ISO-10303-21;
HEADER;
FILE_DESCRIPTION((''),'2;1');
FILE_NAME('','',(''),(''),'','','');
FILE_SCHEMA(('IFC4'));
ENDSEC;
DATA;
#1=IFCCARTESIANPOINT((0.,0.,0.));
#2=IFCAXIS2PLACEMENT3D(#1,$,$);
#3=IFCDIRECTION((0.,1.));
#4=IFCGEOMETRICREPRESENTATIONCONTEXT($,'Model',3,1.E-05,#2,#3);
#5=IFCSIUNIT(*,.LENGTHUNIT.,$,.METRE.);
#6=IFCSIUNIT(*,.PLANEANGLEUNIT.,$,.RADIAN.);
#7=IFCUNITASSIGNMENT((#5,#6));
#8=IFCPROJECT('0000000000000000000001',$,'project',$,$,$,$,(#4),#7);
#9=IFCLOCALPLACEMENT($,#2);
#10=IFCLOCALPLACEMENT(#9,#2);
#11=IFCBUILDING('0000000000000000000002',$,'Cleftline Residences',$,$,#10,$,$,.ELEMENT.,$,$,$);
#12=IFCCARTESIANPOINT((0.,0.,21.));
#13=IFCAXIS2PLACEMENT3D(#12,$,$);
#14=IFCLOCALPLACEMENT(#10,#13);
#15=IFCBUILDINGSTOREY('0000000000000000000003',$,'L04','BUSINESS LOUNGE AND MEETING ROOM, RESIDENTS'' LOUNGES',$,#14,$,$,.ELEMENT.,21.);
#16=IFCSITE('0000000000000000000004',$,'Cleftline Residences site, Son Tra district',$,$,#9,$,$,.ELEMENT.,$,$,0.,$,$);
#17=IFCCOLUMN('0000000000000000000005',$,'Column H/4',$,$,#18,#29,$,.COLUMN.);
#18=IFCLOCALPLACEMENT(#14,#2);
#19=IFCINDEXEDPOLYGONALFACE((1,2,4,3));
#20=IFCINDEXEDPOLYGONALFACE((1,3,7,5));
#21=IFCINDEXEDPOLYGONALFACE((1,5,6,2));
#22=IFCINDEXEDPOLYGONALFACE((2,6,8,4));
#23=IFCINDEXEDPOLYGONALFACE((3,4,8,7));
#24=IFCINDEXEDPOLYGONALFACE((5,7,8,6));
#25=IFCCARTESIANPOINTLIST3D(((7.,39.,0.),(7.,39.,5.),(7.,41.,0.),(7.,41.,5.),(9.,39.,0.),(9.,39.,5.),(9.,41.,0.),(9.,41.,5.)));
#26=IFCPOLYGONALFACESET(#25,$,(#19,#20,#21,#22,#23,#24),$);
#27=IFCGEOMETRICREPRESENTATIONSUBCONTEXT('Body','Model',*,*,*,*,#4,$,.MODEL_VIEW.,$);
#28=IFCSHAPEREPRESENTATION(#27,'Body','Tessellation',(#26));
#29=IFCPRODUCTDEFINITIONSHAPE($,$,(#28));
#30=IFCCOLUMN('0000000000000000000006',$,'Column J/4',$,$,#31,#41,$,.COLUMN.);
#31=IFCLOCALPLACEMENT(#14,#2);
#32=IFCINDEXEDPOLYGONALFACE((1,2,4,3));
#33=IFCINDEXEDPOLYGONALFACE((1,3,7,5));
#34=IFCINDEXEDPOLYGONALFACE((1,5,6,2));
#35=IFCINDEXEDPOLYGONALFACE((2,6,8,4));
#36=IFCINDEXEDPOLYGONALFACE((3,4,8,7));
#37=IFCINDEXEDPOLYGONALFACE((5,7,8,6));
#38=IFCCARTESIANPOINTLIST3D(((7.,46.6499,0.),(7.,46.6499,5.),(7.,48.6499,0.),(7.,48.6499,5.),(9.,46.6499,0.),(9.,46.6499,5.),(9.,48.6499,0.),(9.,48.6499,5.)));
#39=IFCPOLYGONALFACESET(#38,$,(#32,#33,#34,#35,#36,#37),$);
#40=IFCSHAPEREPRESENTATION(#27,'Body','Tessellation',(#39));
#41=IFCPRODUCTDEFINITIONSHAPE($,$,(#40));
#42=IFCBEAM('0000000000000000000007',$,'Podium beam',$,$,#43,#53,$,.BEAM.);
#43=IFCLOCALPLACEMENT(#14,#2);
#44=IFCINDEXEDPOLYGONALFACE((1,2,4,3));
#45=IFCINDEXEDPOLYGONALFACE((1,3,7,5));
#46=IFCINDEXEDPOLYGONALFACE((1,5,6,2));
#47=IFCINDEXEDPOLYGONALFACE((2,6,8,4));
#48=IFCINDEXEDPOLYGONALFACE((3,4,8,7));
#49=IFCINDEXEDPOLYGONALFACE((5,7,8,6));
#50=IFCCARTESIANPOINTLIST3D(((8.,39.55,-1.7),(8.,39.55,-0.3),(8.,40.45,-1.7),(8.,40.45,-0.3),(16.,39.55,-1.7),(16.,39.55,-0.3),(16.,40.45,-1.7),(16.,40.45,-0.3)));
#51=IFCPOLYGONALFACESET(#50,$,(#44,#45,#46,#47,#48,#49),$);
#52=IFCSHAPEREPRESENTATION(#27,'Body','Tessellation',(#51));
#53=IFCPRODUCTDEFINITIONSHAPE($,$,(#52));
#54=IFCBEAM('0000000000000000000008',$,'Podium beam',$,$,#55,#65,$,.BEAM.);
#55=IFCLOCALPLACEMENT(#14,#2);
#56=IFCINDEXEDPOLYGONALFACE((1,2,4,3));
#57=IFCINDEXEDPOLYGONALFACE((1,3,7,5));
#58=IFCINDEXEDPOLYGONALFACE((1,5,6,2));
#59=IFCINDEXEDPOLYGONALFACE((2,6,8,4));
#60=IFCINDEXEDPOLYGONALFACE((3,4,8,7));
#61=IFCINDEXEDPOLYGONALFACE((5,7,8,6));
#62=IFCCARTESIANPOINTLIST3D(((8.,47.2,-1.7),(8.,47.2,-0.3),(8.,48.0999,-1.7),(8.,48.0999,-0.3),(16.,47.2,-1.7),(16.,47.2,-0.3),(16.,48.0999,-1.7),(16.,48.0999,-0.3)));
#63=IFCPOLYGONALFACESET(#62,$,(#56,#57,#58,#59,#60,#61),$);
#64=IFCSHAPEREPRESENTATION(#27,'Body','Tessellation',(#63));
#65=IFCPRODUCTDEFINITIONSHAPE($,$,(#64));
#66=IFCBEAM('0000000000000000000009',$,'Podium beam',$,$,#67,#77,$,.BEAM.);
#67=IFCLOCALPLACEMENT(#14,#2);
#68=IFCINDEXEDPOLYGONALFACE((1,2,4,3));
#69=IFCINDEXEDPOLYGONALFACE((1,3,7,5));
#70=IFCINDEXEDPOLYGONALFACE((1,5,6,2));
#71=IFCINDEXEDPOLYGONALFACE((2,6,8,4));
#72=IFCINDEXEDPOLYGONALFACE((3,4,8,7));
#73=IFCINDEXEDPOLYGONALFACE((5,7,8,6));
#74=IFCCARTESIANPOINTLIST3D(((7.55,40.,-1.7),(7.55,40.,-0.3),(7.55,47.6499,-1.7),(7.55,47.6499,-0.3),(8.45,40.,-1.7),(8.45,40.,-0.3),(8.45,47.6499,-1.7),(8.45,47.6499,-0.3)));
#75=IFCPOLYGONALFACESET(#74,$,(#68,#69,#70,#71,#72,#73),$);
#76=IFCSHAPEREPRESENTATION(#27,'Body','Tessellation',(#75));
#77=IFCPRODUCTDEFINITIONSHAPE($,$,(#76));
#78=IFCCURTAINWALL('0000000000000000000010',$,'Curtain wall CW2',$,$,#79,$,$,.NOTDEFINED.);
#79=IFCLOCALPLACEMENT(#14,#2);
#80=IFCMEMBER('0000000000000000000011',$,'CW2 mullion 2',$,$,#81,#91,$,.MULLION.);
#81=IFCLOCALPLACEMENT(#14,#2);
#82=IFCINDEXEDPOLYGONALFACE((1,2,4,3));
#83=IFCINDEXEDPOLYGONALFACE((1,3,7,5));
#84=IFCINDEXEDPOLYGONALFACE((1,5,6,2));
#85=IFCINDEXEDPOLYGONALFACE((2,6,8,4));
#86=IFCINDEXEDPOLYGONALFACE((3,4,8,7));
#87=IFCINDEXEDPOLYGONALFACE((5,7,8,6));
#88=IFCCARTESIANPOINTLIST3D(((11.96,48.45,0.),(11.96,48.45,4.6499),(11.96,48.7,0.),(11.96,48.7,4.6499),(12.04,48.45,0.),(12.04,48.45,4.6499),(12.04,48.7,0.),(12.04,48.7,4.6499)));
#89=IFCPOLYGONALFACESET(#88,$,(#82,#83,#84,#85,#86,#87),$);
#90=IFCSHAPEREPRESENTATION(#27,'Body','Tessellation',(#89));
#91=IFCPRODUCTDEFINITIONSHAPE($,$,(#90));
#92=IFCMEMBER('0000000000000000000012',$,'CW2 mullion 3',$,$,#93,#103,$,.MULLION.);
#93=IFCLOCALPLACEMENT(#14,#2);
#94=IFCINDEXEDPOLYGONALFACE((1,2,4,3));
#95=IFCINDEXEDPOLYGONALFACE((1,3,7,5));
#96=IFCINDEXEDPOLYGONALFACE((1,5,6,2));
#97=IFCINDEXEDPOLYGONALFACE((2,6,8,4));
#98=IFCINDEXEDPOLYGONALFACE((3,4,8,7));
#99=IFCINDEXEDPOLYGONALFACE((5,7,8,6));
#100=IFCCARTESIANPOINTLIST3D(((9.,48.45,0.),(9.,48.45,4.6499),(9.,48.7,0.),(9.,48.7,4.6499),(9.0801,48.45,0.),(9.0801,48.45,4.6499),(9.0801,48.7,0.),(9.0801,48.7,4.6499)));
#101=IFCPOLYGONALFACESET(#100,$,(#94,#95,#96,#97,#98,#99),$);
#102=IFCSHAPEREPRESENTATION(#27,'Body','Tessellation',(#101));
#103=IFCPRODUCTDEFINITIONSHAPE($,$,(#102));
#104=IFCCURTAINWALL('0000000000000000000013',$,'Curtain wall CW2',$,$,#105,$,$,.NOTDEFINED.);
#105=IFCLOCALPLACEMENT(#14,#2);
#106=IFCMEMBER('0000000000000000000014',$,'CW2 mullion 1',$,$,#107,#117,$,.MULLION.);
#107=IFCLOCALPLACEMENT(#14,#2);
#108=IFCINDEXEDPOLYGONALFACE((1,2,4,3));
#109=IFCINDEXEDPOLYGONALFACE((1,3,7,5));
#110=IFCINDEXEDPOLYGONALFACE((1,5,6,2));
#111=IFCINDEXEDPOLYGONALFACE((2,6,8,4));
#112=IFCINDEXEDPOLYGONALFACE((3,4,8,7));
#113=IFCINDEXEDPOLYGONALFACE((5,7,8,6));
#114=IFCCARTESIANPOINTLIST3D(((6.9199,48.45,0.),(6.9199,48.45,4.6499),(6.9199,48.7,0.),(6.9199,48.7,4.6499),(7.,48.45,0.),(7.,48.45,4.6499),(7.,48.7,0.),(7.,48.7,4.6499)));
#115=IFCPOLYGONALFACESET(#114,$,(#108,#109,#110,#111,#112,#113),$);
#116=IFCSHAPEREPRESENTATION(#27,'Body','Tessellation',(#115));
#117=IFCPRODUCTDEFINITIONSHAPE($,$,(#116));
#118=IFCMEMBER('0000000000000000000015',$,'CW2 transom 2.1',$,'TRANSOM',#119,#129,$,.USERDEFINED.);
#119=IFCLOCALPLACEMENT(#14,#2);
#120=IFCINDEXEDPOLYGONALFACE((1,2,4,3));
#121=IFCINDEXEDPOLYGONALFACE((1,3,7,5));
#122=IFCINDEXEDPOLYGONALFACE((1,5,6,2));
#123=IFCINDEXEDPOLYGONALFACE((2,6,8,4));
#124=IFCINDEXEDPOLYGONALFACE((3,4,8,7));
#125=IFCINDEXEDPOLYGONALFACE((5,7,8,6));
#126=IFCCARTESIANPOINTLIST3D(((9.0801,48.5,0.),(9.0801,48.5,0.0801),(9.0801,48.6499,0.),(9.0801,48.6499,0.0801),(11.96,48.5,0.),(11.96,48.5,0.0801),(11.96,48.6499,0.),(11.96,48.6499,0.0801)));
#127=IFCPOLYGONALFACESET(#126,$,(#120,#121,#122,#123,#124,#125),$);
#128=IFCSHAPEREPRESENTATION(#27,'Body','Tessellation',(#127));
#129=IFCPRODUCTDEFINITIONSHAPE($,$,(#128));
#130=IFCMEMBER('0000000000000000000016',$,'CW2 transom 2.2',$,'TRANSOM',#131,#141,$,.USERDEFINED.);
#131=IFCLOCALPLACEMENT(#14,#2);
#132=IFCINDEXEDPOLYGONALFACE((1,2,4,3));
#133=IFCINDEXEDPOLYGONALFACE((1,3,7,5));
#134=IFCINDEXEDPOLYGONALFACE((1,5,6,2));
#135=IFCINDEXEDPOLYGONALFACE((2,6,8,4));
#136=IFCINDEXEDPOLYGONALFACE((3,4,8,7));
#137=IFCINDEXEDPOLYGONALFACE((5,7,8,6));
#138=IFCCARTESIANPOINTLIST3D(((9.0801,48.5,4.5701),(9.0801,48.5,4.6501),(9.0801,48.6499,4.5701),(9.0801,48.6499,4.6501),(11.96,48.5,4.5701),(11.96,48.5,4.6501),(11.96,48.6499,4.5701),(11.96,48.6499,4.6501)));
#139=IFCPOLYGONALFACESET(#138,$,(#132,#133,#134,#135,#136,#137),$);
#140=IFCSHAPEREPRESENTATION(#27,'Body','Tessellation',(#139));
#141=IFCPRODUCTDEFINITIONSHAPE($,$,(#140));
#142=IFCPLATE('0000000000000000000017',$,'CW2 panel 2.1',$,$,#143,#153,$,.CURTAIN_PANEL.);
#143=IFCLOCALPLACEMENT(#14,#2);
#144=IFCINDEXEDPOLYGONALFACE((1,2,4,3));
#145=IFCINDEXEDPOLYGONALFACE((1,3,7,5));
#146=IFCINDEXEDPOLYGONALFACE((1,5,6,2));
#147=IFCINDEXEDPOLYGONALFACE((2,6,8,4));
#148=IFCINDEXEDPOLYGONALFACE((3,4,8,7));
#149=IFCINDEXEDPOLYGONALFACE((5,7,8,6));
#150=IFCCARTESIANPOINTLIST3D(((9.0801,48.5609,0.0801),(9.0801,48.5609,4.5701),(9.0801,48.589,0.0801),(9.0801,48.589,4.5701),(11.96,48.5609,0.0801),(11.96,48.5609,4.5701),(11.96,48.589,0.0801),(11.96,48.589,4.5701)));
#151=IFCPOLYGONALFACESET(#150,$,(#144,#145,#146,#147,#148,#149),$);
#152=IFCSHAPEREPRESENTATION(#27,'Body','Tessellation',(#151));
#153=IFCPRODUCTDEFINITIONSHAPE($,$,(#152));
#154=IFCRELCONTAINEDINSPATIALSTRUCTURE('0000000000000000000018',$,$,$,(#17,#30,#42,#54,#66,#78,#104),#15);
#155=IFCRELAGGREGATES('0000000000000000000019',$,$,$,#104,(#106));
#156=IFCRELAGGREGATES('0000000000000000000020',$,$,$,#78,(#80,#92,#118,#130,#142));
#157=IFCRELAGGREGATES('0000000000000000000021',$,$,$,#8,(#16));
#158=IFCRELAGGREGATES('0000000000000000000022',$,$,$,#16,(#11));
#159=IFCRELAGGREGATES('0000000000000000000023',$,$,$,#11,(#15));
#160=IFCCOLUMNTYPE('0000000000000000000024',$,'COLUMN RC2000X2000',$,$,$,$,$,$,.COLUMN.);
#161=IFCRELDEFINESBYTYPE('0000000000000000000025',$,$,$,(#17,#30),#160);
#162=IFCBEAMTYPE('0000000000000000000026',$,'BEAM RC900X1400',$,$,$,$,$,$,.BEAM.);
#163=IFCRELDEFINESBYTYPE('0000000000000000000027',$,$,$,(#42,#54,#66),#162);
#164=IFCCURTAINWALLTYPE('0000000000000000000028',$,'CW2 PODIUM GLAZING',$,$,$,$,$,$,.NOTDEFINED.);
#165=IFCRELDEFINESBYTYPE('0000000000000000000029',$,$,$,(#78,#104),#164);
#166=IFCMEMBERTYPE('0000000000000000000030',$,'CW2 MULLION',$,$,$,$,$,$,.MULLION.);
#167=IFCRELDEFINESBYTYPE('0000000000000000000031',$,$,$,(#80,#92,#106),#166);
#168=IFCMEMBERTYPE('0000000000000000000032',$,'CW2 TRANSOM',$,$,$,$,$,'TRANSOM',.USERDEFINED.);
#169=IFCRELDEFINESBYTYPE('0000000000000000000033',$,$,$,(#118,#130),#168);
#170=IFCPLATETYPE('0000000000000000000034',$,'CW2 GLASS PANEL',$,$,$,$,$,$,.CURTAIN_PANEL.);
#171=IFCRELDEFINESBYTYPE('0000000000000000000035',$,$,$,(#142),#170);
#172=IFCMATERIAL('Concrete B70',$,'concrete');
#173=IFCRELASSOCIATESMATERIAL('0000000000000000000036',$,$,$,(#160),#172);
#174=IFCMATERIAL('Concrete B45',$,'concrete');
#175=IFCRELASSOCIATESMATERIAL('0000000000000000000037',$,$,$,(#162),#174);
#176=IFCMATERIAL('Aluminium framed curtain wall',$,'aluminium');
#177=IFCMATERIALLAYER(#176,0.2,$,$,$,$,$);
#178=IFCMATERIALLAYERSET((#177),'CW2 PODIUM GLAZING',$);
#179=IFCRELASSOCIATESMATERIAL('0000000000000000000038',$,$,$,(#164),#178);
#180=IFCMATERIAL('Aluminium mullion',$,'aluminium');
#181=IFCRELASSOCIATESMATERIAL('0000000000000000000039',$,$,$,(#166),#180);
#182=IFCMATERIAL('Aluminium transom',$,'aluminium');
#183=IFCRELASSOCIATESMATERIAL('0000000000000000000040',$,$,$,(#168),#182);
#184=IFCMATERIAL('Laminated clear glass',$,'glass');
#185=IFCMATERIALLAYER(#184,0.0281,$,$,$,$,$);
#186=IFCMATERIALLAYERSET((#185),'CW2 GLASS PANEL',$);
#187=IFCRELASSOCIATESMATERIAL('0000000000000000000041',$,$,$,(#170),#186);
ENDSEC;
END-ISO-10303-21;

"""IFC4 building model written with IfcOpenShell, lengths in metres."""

from ifc_helpers import new_model, si_unit, direction, frame, origin, origin_2d, place, context, subcontext, project, spatial, rectangle, extrude, material, layer, layer_set, material_profile, profile_set, type_object, element, aggregate, save


model = new_model("IFC4")

# Units and contexts
model_context = context("Model", 3, precision=1e-05, world=origin(), true_north=direction((0.0, 1.0)))
body_context = subcontext(model_context, "Body", "Model", "MODEL_VIEW")
ifc_project = project(units=[si_unit("LENGTHUNIT", "METRE"), si_unit("PLANEANGLEUNIT", "RADIAN")], contexts=[model_context])

# Site, building, storey
site_placement = place(None, origin())
site = spatial("IfcSite", under=ifc_project, at=site_placement, Name="Cleftline Residences site, Son Tra district", CompositionType="ELEMENT", RefElevation=0.0)
building_placement = place(site_placement, origin())
building = spatial("IfcBuilding", under=site, at=building_placement, Name="Cleftline Residences", CompositionType="ELEMENT")
storey_placement = place(building_placement, frame((0.0, 0.0, 21.0)))
storey = spatial("IfcBuildingStorey", under=building, at=storey_placement, Name="L04", Description="BUSINESS LOUNGE AND MEETING ROOM, RESIDENTS' LOUNGES", CompositionType="ELEMENT", Elevation=21.0)

# Columns
ifc_material_1 = material(Name="Concrete B70", Category="concrete")
ifc_material_profile_1 = material_profile(ifc_material_1, rectangle(XDim=2.0, YDim=2.0, at=origin_2d()))
ifc_profile_set_1 = profile_set([ifc_material_profile_1], Name="Concrete B70")
column_type = type_object("IfcColumnType", Name="COLUMN RC2000X2000", PredefinedType="COLUMN", material=ifc_profile_set_1)
for number, where, z_axis, x_axis, name in (
    (1, (8.0, 40.0, 0.0), (0.0, 0.0, 1.0), (1.0, 0.0, 0.0), "Column H/4"),
    (2, (8.0, 47.6499, 0.0), (0.0, 0.0, 1.0), (1.0, 0.0, 0.0), "Column J/4"),
):
    element("IfcColumn", number, at=place(storey_placement, frame(where, z_axis=z_axis, x_axis=x_axis)), inside=storey, type_object=column_type, Name=name, PredefinedType="COLUMN", context=body_context, shape_type="SweptSolid", body=[
        extrude(rectangle(XDim=2.0, YDim=2.0, at=origin_2d()), origin(), (0.0, 0.0, 1.0), 5.0),
    ])

# Beams
ifc_material_2 = material(Name="Concrete B45", Category="concrete")
ifc_material_profile_2 = material_profile(ifc_material_2, rectangle(XDim=0.8999, YDim=1.3999, at=origin_2d()))
ifc_profile_set_2 = profile_set([ifc_material_profile_2], Name="Concrete B45")
beam_type = type_object("IfcBeamType", Name="BEAM RC900X1400", PredefinedType="BEAM", material=ifc_profile_set_2)
for number, where, z_axis, x_axis, name in (
    (3, (8.0, 40.0, -1.0), (1.0, 0.0, 0.0), (0.0, 1.0, 0.0), "Podium beam"),
    (4, (8.0, 47.6499, -1.0), (1.0, 0.0, 0.0), (0.0, 1.0, 0.0), "Podium beam"),
):
    element("IfcBeam", number, at=place(storey_placement, frame(where, z_axis=z_axis, x_axis=x_axis)), inside=storey, type_object=beam_type, Name=name, PredefinedType="BEAM", context=body_context, shape_type="SweptSolid", body=[
        extrude(rectangle(XDim=0.8999, YDim=1.3999, at=origin_2d()), origin(), (0.0, 0.0, 1.0), 8.0),
    ])
beam_placement = place(storey_placement, frame((8.0, 40.0, -1.0), z_axis=(0.0, 1.0, 0.0), x_axis=(-1.0, 0.0, 0.0)))
element("IfcBeam", 5, at=beam_placement, inside=storey, type_object=beam_type, Name="Podium beam", PredefinedType="BEAM", context=body_context, shape_type="SweptSolid", body=[
    extrude(rectangle(XDim=0.8999, YDim=1.3999, at=origin_2d()), origin(), (0.0, 0.0, 1.0), 7.6499),
])

# Curtain wall, members
ifc_material_3 = material(Name="Aluminium framed curtain wall", Category="aluminium")
ifc_layer_1 = layer(ifc_material_3, 0.2)
ifc_layer_set_1 = layer_set([ifc_layer_1], Name="CW2 PODIUM GLAZING")
curtain_wall_type = type_object("IfcCurtainWallType", Name="CW2 PODIUM GLAZING", PredefinedType="NOTDEFINED", material=ifc_layer_set_1)
curtain_wall_1_placement = place(storey_placement, origin())
curtain_wall_1 = element("IfcCurtainWall", 6, at=curtain_wall_1_placement, inside=storey, type_object=curtain_wall_type, Name="Curtain wall CW2", PredefinedType="NOTDEFINED")
ifc_material_4 = material(Name="Aluminium mullion", Category="aluminium")
ifc_material_profile_3 = material_profile(ifc_material_4, rectangle(XDim=0.25, YDim=0.0801, at=origin_2d()))
ifc_profile_set_3 = profile_set([ifc_material_profile_3], Name="Aluminium mullion")
member_type_1 = type_object("IfcMemberType", Name="CW2 MULLION", PredefinedType="MULLION", material=ifc_profile_set_3)
member_1_placement = place(storey_placement, frame((12.0, 48.575, 0.0), z_axis=(0.0, 0.0, 1.0), x_axis=(0.0, -1.0, 0.0)))
member_1 = element("IfcMember", 7, at=member_1_placement, type_object=member_type_1, Name="CW2 mullion 2", PredefinedType="MULLION", context=body_context, shape_type="SweptSolid", body=[
    extrude(rectangle(XDim=0.25, YDim=0.0801, at=origin_2d()), origin(), (0.0, 0.0, 1.0), 4.6499),
])
member_2_placement = place(storey_placement, frame((9.04, 48.575, 0.0), z_axis=(0.0, 0.0, 1.0), x_axis=(0.0, -1.0, 0.0)))
member_2 = element("IfcMember", 8, at=member_2_placement, type_object=member_type_1, Name="CW2 mullion 3", PredefinedType="MULLION", context=body_context, shape_type="SweptSolid", body=[
    extrude(rectangle(XDim=0.25, YDim=0.0801, at=origin_2d()), origin(), (0.0, 0.0, 1.0), 4.6499),
])

# Curtain wall, member
curtain_wall_2_placement = place(storey_placement, origin())
curtain_wall_2 = element("IfcCurtainWall", 9, at=curtain_wall_2_placement, inside=storey, type_object=curtain_wall_type, Name="Curtain wall CW2", PredefinedType="NOTDEFINED")
member_3_placement = place(storey_placement, frame((6.96, 48.575, 0.0), z_axis=(0.0, 0.0, 1.0), x_axis=(0.0, -1.0, 0.0)))
member_3 = element("IfcMember", 10, at=member_3_placement, type_object=member_type_1, Name="CW2 mullion 1", PredefinedType="MULLION", context=body_context, shape_type="SweptSolid", body=[
    extrude(rectangle(XDim=0.25, YDim=0.0801, at=origin_2d()), origin(), (0.0, 0.0, 1.0), 4.6499),
])
aggregate(curtain_wall_2, [member_3])

# Members
ifc_material_5 = material(Name="Aluminium transom", Category="aluminium")
ifc_material_profile_4 = material_profile(ifc_material_5, rectangle(XDim=0.1499, YDim=0.0801, at=origin_2d()))
ifc_profile_set_4 = profile_set([ifc_material_profile_4], Name="Aluminium transom")
member_type_2 = type_object("IfcMemberType", Name="CW2 TRANSOM", ElementType="TRANSOM", PredefinedType="USERDEFINED", material=ifc_profile_set_4)
member_4_placement = place(storey_placement, frame((11.96, 48.575, 0.04), z_axis=(-1.0, 0.0, 0.0), x_axis=(0.0, -1.0, 0.0)))
member_4 = element("IfcMember", 11, at=member_4_placement, type_object=member_type_2, Name="CW2 transom 2.1", ObjectType="TRANSOM", PredefinedType="USERDEFINED", context=body_context, shape_type="SweptSolid", body=[
    extrude(rectangle(XDim=0.1499, YDim=0.0801, at=origin_2d()), origin(), (0.0, 0.0, 1.0), 2.8799),
])
member_5_placement = place(storey_placement, frame((11.96, 48.575, 4.6101), z_axis=(-1.0, 0.0, 0.0), x_axis=(0.0, -1.0, 0.0)))
member_5 = element("IfcMember", 12, at=member_5_placement, type_object=member_type_2, Name="CW2 transom 2.2", ObjectType="TRANSOM", PredefinedType="USERDEFINED", context=body_context, shape_type="SweptSolid", body=[
    extrude(rectangle(XDim=0.1499, YDim=0.0801, at=origin_2d()), origin(), (0.0, 0.0, 1.0), 2.8799),
])

# Plate
ifc_material_6 = material(Name="Laminated clear glass", Category="glass")
ifc_layer_2 = layer(ifc_material_6, 0.0281)
ifc_layer_set_2 = layer_set([ifc_layer_2], Name="CW2 GLASS PANEL")
plate_type = type_object("IfcPlateType", Name="CW2 GLASS PANEL", PredefinedType="CURTAIN_PANEL", material=ifc_layer_set_2)
plate_placement = place(storey_placement, frame((10.52, 48.575, 0.0801), z_axis=(0.0, 0.0, 1.0), x_axis=(-1.0, 0.0, 0.0)))
plate = element("IfcPlate", 13, at=plate_placement, type_object=plate_type, Name="CW2 panel 2.1", PredefinedType="CURTAIN_PANEL", context=body_context, shape_type="SweptSolid", body=[
    extrude(rectangle(XDim=2.8799, YDim=0.0281, at=origin_2d()), origin(), (0.0, 0.0, 1.0), 4.49),
])
aggregate(curtain_wall_1, [member_1, member_2, member_4, member_5, plate])

save(model, "model.ifc")
